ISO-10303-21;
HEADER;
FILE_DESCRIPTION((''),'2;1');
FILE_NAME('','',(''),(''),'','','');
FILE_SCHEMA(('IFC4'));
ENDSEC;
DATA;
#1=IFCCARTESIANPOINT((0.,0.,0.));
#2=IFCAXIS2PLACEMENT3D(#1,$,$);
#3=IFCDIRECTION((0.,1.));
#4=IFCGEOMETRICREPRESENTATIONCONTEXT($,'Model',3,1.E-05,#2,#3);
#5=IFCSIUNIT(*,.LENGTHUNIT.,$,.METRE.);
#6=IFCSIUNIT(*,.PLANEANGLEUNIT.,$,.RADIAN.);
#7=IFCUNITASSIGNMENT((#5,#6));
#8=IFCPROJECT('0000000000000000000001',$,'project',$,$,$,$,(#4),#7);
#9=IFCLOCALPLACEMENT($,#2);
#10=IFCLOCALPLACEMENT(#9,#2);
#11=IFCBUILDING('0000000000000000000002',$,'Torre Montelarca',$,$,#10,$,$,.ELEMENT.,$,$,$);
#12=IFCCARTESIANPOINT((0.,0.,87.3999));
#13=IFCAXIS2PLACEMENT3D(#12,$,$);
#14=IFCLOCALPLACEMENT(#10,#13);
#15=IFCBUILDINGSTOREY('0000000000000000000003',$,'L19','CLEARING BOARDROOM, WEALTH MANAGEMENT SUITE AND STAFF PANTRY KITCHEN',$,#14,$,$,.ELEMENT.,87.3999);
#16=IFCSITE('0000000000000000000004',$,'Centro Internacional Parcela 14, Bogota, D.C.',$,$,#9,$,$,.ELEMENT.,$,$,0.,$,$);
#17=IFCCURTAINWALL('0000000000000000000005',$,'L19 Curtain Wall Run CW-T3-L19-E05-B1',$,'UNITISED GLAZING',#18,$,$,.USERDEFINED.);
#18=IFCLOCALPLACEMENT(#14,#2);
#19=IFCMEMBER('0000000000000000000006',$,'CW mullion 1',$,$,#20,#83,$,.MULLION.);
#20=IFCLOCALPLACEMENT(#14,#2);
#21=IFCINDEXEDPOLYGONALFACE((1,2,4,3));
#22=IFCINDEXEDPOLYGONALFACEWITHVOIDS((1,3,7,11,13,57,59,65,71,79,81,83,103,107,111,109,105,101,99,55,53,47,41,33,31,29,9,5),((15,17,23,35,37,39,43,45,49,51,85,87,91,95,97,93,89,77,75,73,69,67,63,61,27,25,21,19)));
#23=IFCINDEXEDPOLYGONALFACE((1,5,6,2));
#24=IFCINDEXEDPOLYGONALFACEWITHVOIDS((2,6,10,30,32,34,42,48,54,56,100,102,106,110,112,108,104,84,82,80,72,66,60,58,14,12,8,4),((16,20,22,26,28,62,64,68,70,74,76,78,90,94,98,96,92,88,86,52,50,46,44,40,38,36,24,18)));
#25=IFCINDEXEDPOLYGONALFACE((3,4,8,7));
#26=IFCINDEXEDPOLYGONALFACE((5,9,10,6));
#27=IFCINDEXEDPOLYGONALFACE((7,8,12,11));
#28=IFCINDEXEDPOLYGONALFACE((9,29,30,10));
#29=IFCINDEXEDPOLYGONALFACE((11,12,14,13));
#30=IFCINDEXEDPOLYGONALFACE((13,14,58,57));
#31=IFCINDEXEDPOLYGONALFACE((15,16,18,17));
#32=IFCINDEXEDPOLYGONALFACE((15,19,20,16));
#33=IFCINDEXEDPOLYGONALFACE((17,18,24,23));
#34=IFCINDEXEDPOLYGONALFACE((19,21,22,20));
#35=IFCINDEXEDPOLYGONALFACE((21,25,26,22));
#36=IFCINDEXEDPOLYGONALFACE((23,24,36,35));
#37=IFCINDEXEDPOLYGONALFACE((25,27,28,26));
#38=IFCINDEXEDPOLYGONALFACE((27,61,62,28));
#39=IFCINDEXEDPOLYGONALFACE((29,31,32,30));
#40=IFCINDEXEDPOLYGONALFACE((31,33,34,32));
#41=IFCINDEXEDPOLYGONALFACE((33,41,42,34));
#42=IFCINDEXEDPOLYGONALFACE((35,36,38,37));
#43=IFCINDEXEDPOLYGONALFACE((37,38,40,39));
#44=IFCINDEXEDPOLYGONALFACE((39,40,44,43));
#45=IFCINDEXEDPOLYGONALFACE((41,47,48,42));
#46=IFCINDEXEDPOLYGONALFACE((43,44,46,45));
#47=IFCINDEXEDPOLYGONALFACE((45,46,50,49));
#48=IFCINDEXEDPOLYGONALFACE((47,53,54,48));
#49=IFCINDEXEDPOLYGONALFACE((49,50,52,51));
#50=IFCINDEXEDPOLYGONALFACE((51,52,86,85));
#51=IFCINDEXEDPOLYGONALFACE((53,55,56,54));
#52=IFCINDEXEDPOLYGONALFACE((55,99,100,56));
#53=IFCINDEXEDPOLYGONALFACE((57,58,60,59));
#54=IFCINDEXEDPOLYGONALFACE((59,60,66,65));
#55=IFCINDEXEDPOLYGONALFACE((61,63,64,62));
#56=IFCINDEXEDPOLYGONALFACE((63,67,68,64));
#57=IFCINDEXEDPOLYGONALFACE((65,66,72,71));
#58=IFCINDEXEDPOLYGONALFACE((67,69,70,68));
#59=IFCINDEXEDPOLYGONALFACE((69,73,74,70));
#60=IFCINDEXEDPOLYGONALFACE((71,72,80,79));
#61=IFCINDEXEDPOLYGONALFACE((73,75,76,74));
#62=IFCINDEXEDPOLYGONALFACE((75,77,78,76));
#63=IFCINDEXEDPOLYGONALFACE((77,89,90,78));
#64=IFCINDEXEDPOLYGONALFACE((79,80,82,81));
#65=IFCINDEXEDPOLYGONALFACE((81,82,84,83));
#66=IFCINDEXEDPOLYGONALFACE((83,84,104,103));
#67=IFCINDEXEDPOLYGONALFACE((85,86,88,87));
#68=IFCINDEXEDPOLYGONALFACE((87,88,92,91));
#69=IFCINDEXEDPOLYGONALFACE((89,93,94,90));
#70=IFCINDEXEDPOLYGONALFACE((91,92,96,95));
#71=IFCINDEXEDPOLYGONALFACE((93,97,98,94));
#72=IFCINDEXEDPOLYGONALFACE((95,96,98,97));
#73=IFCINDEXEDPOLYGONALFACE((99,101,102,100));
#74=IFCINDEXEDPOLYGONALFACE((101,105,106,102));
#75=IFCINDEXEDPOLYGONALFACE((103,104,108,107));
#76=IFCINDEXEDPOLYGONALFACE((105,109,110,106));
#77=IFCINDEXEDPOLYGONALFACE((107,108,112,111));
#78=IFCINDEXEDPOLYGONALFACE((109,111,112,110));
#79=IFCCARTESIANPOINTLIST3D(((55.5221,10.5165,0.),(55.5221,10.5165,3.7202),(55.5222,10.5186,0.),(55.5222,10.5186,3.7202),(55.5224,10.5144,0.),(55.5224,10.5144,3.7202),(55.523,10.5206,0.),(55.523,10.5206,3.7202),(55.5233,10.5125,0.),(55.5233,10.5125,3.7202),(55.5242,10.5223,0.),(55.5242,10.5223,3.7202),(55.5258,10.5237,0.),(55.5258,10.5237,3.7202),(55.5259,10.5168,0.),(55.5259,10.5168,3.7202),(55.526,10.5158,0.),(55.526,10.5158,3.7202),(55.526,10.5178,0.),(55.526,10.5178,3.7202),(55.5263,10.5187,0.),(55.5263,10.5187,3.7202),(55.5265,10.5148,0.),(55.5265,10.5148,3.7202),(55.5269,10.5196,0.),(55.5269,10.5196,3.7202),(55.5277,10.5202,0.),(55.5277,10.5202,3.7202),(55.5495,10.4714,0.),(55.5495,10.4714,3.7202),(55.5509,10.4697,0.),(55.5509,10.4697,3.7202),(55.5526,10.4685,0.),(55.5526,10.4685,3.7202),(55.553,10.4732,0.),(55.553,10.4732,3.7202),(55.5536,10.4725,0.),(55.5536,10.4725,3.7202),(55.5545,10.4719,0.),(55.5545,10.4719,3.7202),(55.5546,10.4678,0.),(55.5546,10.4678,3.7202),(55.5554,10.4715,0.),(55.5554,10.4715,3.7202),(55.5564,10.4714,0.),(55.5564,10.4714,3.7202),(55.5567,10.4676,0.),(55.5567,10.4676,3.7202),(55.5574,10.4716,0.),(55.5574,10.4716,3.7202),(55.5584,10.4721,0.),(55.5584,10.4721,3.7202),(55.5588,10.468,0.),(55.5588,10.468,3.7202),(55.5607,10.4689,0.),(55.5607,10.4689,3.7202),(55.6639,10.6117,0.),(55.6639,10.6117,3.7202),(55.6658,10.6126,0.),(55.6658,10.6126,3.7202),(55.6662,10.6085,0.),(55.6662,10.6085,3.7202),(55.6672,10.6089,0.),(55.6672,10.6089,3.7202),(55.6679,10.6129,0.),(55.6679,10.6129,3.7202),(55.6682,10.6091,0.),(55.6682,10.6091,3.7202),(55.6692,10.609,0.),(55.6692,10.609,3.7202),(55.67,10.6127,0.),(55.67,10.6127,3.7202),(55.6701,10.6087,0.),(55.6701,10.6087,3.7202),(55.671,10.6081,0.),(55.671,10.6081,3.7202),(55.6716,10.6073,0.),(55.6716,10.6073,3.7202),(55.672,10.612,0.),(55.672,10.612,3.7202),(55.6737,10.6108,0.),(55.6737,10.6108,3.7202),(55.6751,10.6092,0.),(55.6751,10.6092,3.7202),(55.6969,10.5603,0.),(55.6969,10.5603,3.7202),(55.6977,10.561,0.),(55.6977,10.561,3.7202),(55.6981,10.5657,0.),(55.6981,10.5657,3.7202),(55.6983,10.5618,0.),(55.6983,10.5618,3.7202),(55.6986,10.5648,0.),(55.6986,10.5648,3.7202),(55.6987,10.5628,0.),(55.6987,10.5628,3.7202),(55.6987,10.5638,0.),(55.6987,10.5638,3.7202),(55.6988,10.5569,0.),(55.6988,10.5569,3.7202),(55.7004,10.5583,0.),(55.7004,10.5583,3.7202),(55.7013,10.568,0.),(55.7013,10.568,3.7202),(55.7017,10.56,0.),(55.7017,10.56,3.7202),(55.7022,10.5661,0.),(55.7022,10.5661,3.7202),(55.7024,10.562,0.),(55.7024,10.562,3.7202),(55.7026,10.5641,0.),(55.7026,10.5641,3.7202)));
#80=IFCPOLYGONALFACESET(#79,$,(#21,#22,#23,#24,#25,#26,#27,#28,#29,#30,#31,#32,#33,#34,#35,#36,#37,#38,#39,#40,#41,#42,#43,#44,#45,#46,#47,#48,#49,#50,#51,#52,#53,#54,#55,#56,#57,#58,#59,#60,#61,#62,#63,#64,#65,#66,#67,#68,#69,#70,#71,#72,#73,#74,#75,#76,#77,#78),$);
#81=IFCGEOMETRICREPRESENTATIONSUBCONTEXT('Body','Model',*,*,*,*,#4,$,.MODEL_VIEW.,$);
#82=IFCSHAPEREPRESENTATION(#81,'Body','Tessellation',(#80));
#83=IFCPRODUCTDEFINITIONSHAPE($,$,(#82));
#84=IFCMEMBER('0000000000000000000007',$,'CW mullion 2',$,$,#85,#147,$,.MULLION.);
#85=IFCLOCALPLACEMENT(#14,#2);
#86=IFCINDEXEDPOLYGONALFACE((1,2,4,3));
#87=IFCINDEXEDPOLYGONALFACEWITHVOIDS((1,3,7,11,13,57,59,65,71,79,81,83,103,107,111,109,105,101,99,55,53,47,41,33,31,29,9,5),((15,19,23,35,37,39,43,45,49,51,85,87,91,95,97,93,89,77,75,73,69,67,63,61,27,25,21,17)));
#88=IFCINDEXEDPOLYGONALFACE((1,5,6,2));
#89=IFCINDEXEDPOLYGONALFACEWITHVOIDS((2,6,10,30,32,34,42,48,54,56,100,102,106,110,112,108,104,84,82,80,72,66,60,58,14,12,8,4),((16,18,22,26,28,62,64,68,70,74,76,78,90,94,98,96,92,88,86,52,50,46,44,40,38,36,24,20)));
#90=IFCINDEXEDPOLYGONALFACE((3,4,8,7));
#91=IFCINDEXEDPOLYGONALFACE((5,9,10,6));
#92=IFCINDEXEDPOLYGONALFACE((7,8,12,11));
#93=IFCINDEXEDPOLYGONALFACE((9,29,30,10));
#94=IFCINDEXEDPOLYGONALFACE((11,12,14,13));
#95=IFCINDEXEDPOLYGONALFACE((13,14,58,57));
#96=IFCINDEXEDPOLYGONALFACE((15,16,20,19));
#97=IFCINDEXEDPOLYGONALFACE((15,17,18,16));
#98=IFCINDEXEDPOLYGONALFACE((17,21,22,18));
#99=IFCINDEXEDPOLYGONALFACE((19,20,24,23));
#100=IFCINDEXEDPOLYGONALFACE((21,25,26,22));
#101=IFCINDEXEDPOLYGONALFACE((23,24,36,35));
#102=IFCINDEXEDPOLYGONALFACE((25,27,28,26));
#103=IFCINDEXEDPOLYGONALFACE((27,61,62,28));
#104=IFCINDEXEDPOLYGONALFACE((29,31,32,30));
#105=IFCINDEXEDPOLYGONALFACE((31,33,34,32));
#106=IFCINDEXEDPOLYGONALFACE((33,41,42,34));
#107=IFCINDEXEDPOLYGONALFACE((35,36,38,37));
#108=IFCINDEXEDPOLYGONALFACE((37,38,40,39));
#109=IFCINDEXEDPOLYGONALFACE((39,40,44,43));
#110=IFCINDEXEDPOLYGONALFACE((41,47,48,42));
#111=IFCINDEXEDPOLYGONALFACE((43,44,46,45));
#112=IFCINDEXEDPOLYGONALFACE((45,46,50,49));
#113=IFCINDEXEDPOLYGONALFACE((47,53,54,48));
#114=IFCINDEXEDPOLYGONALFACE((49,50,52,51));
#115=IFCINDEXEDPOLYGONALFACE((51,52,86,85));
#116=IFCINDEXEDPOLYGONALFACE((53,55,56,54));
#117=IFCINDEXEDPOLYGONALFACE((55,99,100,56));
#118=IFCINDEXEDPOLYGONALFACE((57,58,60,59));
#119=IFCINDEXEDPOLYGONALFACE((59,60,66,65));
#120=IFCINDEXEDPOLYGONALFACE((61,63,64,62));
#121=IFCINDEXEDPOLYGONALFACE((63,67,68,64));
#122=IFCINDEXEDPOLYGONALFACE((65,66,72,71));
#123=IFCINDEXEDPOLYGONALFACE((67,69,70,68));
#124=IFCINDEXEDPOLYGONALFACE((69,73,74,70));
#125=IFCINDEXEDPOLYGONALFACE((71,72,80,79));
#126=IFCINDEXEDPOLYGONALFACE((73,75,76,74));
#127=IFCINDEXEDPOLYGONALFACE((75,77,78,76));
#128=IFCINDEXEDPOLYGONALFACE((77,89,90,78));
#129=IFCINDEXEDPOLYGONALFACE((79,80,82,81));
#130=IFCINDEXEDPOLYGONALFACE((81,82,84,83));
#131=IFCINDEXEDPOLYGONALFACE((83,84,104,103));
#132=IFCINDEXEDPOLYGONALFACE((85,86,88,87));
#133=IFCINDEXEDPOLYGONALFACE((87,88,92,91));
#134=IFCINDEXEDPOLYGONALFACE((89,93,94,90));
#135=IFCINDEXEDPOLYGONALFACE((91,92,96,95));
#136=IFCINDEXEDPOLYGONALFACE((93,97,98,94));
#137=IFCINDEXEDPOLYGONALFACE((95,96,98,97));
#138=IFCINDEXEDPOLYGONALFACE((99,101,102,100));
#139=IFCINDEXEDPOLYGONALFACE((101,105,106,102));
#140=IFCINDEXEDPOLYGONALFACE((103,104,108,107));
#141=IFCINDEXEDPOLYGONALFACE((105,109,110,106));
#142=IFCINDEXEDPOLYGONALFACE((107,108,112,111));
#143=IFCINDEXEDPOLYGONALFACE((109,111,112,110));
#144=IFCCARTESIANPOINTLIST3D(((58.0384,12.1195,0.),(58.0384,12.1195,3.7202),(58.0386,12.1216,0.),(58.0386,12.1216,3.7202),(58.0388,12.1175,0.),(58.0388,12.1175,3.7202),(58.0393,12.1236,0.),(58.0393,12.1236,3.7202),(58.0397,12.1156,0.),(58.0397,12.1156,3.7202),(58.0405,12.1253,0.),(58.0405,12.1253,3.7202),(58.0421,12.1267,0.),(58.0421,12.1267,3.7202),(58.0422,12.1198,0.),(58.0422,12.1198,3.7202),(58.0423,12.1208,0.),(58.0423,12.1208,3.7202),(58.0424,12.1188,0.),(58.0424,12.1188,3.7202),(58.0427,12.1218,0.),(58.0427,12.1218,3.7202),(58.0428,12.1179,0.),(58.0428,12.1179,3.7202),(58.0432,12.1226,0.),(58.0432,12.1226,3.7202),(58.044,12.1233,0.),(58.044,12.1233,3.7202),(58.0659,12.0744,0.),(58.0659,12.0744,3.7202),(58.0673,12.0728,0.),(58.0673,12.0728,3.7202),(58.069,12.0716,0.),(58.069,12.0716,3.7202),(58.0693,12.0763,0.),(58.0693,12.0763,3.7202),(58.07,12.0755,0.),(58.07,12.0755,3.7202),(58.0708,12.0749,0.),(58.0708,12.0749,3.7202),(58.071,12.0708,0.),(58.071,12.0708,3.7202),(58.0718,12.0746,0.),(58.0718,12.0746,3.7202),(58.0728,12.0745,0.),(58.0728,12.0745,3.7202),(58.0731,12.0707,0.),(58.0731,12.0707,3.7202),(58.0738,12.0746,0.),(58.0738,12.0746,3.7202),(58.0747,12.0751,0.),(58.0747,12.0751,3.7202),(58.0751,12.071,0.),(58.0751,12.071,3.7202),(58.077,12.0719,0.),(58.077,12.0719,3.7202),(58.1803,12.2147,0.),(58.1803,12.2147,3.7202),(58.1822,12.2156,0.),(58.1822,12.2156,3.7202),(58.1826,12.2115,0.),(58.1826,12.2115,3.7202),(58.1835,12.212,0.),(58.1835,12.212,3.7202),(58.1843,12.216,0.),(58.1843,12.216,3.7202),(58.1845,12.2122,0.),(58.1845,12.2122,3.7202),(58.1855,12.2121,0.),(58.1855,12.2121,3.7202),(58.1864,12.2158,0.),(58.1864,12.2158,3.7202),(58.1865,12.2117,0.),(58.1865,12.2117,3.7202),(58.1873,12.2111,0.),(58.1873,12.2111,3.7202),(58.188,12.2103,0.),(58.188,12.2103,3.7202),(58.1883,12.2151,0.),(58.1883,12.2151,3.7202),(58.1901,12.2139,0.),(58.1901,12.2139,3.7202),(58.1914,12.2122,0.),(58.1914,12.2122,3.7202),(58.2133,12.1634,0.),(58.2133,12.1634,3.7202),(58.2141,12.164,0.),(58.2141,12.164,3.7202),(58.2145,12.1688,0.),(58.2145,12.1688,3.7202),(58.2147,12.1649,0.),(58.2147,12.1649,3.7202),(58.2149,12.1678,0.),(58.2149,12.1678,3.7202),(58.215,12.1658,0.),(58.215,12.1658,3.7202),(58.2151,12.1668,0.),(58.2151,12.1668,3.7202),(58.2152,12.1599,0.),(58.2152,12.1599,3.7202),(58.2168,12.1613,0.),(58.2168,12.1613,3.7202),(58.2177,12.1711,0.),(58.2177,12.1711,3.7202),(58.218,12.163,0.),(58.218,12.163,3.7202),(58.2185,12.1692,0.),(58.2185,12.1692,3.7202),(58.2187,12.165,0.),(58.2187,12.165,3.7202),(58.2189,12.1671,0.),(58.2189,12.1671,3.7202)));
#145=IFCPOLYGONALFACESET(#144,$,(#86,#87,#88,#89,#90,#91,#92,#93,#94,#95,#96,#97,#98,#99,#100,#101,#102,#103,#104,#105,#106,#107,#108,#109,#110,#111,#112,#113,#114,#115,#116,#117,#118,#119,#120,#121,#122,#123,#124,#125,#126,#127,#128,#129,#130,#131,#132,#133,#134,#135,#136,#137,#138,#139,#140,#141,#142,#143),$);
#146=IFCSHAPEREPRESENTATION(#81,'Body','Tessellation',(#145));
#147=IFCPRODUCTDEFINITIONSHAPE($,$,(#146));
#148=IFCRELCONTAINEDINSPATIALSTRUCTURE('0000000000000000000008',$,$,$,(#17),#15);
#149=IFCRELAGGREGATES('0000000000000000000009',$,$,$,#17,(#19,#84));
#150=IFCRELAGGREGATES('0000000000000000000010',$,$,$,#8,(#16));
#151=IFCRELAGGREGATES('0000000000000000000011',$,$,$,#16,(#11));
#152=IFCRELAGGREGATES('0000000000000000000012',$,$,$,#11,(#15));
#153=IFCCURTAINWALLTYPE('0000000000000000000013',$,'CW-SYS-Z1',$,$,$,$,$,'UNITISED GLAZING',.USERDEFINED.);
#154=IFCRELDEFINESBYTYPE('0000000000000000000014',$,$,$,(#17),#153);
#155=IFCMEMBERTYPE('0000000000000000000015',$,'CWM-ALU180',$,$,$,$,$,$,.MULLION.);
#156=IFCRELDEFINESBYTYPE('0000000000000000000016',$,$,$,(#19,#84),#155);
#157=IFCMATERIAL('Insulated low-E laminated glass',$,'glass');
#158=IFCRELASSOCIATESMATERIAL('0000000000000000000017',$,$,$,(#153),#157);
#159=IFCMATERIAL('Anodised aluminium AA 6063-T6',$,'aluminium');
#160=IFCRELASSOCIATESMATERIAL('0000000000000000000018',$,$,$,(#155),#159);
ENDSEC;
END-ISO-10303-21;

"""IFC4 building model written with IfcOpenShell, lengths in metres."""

from ifc_helpers import new_model, si_unit, direction, frame, origin, origin_2d, place, context, subcontext, project, spatial, hollow_rectangle, extrude, source, transform, mapped, material, material_profile, profile_set, type_object, element, aggregate, save


model = new_model("IFC4")

# Units and contexts
model_context = context("Model", 3, precision=1e-05, world=origin(), true_north=direction((0.0, 1.0)))
body_context = subcontext(model_context, "Body", "Model", "MODEL_VIEW")
ifc_project = project(units=[si_unit("LENGTHUNIT", "METRE"), si_unit("PLANEANGLEUNIT", "RADIAN")], contexts=[model_context])

# Site, building, storey
site_placement = place(None, origin())
site = spatial("IfcSite", under=ifc_project, at=site_placement, Name="Centro Internacional Parcela 14, Bogota, D.C.", CompositionType="ELEMENT", RefElevation=0.0)
building_placement = place(site_placement, origin())
building = spatial("IfcBuilding", under=site, at=building_placement, Name="Torre Montelarca", CompositionType="ELEMENT")
storey_placement = place(building_placement, frame((0.0, 0.0, 87.3999)))
storey = spatial("IfcBuildingStorey", under=building, at=storey_placement, Name="L19", Description="CLEARING BOARDROOM, WEALTH MANAGEMENT SUITE AND STAFF PANTRY KITCHEN", CompositionType="ELEMENT", Elevation=87.3999)

# Curtain wall
ifc_material_1 = material(Name="Insulated low-E laminated glass", Category="glass")
curtain_wall_type = type_object("IfcCurtainWallType", Name="CW-SYS-Z1", ElementType="UNITISED GLAZING", PredefinedType="USERDEFINED", material=ifc_material_1)
ifc_material_2 = material(Name="Anodised aluminium AA 6063-T6", Category="aluminium")
curtain_wall_1_placement = place(storey_placement, origin())
curtain_wall_1 = element("IfcCurtainWall", 1, at=curtain_wall_1_placement, inside=storey, type_object=curtain_wall_type, Name="L19 Curtain Wall Run CW-T3-L19-E05-B1", ObjectType="UNITISED GLAZING", PredefinedType="USERDEFINED")

# Members
ifc_material_profile_1 = material_profile(ifc_material_2, hollow_rectangle(XDim=0.0649, YDim=0.1799, WallThickness=0.0039, InnerFilletRadius=0.0039, OuterFilletRadius=0.0081, at=origin_2d()), Name="ALU65X180X4", Category="aluminium")
ifc_profile_set_1 = profile_set([ifc_material_profile_1], Name="Anodised aluminium AA 6063-T6")
member_type_1 = type_object("IfcMemberType", Name="CWM-ALU180", PredefinedType="MULLION", material=ifc_profile_set_1)
shared_shape_1 = source(origin(), body_context, "Body", "SweptSolid", [
    extrude(hollow_rectangle(XDim=0.0649, YDim=0.1799, WallThickness=0.0039, InnerFilletRadius=0.0039, OuterFilletRadius=0.0081, at=origin_2d()), origin(), (0.0, 0.0, 1.0), 3.7202),
])
member_1_placement = place(storey_placement, frame((55.6123, 10.5403, 0.0), z_axis=(0.0, 0.0, 1.0), x_axis=(-0.537304, 0.843388, 0.0)))
member_1 = element("IfcMember", 2, at=member_1_placement, type_object=member_type_1, Name="CW mullion 1", PredefinedType="MULLION", context=body_context, shape_type="MappedRepresentation", body=[
    mapped(shared_shape_1, transform((0.0, 0.0, 0.0), scale=1.0)),
])
member_2_placement = place(storey_placement, frame((58.1287, 12.1433, 0.0), z_axis=(0.0, 0.0, 1.0), x_axis=(-0.537304, 0.843388, 0.0)))
member_2 = element("IfcMember", 3, at=member_2_placement, type_object=member_type_1, Name="CW mullion 2", PredefinedType="MULLION", context=body_context, shape_type="MappedRepresentation", body=[
    mapped(shared_shape_1, transform((0.0, 0.0, 0.0), scale=1.0)),
])

aggregate(curtain_wall_1, [member_1, member_2])

save(model, "model.ifc")
